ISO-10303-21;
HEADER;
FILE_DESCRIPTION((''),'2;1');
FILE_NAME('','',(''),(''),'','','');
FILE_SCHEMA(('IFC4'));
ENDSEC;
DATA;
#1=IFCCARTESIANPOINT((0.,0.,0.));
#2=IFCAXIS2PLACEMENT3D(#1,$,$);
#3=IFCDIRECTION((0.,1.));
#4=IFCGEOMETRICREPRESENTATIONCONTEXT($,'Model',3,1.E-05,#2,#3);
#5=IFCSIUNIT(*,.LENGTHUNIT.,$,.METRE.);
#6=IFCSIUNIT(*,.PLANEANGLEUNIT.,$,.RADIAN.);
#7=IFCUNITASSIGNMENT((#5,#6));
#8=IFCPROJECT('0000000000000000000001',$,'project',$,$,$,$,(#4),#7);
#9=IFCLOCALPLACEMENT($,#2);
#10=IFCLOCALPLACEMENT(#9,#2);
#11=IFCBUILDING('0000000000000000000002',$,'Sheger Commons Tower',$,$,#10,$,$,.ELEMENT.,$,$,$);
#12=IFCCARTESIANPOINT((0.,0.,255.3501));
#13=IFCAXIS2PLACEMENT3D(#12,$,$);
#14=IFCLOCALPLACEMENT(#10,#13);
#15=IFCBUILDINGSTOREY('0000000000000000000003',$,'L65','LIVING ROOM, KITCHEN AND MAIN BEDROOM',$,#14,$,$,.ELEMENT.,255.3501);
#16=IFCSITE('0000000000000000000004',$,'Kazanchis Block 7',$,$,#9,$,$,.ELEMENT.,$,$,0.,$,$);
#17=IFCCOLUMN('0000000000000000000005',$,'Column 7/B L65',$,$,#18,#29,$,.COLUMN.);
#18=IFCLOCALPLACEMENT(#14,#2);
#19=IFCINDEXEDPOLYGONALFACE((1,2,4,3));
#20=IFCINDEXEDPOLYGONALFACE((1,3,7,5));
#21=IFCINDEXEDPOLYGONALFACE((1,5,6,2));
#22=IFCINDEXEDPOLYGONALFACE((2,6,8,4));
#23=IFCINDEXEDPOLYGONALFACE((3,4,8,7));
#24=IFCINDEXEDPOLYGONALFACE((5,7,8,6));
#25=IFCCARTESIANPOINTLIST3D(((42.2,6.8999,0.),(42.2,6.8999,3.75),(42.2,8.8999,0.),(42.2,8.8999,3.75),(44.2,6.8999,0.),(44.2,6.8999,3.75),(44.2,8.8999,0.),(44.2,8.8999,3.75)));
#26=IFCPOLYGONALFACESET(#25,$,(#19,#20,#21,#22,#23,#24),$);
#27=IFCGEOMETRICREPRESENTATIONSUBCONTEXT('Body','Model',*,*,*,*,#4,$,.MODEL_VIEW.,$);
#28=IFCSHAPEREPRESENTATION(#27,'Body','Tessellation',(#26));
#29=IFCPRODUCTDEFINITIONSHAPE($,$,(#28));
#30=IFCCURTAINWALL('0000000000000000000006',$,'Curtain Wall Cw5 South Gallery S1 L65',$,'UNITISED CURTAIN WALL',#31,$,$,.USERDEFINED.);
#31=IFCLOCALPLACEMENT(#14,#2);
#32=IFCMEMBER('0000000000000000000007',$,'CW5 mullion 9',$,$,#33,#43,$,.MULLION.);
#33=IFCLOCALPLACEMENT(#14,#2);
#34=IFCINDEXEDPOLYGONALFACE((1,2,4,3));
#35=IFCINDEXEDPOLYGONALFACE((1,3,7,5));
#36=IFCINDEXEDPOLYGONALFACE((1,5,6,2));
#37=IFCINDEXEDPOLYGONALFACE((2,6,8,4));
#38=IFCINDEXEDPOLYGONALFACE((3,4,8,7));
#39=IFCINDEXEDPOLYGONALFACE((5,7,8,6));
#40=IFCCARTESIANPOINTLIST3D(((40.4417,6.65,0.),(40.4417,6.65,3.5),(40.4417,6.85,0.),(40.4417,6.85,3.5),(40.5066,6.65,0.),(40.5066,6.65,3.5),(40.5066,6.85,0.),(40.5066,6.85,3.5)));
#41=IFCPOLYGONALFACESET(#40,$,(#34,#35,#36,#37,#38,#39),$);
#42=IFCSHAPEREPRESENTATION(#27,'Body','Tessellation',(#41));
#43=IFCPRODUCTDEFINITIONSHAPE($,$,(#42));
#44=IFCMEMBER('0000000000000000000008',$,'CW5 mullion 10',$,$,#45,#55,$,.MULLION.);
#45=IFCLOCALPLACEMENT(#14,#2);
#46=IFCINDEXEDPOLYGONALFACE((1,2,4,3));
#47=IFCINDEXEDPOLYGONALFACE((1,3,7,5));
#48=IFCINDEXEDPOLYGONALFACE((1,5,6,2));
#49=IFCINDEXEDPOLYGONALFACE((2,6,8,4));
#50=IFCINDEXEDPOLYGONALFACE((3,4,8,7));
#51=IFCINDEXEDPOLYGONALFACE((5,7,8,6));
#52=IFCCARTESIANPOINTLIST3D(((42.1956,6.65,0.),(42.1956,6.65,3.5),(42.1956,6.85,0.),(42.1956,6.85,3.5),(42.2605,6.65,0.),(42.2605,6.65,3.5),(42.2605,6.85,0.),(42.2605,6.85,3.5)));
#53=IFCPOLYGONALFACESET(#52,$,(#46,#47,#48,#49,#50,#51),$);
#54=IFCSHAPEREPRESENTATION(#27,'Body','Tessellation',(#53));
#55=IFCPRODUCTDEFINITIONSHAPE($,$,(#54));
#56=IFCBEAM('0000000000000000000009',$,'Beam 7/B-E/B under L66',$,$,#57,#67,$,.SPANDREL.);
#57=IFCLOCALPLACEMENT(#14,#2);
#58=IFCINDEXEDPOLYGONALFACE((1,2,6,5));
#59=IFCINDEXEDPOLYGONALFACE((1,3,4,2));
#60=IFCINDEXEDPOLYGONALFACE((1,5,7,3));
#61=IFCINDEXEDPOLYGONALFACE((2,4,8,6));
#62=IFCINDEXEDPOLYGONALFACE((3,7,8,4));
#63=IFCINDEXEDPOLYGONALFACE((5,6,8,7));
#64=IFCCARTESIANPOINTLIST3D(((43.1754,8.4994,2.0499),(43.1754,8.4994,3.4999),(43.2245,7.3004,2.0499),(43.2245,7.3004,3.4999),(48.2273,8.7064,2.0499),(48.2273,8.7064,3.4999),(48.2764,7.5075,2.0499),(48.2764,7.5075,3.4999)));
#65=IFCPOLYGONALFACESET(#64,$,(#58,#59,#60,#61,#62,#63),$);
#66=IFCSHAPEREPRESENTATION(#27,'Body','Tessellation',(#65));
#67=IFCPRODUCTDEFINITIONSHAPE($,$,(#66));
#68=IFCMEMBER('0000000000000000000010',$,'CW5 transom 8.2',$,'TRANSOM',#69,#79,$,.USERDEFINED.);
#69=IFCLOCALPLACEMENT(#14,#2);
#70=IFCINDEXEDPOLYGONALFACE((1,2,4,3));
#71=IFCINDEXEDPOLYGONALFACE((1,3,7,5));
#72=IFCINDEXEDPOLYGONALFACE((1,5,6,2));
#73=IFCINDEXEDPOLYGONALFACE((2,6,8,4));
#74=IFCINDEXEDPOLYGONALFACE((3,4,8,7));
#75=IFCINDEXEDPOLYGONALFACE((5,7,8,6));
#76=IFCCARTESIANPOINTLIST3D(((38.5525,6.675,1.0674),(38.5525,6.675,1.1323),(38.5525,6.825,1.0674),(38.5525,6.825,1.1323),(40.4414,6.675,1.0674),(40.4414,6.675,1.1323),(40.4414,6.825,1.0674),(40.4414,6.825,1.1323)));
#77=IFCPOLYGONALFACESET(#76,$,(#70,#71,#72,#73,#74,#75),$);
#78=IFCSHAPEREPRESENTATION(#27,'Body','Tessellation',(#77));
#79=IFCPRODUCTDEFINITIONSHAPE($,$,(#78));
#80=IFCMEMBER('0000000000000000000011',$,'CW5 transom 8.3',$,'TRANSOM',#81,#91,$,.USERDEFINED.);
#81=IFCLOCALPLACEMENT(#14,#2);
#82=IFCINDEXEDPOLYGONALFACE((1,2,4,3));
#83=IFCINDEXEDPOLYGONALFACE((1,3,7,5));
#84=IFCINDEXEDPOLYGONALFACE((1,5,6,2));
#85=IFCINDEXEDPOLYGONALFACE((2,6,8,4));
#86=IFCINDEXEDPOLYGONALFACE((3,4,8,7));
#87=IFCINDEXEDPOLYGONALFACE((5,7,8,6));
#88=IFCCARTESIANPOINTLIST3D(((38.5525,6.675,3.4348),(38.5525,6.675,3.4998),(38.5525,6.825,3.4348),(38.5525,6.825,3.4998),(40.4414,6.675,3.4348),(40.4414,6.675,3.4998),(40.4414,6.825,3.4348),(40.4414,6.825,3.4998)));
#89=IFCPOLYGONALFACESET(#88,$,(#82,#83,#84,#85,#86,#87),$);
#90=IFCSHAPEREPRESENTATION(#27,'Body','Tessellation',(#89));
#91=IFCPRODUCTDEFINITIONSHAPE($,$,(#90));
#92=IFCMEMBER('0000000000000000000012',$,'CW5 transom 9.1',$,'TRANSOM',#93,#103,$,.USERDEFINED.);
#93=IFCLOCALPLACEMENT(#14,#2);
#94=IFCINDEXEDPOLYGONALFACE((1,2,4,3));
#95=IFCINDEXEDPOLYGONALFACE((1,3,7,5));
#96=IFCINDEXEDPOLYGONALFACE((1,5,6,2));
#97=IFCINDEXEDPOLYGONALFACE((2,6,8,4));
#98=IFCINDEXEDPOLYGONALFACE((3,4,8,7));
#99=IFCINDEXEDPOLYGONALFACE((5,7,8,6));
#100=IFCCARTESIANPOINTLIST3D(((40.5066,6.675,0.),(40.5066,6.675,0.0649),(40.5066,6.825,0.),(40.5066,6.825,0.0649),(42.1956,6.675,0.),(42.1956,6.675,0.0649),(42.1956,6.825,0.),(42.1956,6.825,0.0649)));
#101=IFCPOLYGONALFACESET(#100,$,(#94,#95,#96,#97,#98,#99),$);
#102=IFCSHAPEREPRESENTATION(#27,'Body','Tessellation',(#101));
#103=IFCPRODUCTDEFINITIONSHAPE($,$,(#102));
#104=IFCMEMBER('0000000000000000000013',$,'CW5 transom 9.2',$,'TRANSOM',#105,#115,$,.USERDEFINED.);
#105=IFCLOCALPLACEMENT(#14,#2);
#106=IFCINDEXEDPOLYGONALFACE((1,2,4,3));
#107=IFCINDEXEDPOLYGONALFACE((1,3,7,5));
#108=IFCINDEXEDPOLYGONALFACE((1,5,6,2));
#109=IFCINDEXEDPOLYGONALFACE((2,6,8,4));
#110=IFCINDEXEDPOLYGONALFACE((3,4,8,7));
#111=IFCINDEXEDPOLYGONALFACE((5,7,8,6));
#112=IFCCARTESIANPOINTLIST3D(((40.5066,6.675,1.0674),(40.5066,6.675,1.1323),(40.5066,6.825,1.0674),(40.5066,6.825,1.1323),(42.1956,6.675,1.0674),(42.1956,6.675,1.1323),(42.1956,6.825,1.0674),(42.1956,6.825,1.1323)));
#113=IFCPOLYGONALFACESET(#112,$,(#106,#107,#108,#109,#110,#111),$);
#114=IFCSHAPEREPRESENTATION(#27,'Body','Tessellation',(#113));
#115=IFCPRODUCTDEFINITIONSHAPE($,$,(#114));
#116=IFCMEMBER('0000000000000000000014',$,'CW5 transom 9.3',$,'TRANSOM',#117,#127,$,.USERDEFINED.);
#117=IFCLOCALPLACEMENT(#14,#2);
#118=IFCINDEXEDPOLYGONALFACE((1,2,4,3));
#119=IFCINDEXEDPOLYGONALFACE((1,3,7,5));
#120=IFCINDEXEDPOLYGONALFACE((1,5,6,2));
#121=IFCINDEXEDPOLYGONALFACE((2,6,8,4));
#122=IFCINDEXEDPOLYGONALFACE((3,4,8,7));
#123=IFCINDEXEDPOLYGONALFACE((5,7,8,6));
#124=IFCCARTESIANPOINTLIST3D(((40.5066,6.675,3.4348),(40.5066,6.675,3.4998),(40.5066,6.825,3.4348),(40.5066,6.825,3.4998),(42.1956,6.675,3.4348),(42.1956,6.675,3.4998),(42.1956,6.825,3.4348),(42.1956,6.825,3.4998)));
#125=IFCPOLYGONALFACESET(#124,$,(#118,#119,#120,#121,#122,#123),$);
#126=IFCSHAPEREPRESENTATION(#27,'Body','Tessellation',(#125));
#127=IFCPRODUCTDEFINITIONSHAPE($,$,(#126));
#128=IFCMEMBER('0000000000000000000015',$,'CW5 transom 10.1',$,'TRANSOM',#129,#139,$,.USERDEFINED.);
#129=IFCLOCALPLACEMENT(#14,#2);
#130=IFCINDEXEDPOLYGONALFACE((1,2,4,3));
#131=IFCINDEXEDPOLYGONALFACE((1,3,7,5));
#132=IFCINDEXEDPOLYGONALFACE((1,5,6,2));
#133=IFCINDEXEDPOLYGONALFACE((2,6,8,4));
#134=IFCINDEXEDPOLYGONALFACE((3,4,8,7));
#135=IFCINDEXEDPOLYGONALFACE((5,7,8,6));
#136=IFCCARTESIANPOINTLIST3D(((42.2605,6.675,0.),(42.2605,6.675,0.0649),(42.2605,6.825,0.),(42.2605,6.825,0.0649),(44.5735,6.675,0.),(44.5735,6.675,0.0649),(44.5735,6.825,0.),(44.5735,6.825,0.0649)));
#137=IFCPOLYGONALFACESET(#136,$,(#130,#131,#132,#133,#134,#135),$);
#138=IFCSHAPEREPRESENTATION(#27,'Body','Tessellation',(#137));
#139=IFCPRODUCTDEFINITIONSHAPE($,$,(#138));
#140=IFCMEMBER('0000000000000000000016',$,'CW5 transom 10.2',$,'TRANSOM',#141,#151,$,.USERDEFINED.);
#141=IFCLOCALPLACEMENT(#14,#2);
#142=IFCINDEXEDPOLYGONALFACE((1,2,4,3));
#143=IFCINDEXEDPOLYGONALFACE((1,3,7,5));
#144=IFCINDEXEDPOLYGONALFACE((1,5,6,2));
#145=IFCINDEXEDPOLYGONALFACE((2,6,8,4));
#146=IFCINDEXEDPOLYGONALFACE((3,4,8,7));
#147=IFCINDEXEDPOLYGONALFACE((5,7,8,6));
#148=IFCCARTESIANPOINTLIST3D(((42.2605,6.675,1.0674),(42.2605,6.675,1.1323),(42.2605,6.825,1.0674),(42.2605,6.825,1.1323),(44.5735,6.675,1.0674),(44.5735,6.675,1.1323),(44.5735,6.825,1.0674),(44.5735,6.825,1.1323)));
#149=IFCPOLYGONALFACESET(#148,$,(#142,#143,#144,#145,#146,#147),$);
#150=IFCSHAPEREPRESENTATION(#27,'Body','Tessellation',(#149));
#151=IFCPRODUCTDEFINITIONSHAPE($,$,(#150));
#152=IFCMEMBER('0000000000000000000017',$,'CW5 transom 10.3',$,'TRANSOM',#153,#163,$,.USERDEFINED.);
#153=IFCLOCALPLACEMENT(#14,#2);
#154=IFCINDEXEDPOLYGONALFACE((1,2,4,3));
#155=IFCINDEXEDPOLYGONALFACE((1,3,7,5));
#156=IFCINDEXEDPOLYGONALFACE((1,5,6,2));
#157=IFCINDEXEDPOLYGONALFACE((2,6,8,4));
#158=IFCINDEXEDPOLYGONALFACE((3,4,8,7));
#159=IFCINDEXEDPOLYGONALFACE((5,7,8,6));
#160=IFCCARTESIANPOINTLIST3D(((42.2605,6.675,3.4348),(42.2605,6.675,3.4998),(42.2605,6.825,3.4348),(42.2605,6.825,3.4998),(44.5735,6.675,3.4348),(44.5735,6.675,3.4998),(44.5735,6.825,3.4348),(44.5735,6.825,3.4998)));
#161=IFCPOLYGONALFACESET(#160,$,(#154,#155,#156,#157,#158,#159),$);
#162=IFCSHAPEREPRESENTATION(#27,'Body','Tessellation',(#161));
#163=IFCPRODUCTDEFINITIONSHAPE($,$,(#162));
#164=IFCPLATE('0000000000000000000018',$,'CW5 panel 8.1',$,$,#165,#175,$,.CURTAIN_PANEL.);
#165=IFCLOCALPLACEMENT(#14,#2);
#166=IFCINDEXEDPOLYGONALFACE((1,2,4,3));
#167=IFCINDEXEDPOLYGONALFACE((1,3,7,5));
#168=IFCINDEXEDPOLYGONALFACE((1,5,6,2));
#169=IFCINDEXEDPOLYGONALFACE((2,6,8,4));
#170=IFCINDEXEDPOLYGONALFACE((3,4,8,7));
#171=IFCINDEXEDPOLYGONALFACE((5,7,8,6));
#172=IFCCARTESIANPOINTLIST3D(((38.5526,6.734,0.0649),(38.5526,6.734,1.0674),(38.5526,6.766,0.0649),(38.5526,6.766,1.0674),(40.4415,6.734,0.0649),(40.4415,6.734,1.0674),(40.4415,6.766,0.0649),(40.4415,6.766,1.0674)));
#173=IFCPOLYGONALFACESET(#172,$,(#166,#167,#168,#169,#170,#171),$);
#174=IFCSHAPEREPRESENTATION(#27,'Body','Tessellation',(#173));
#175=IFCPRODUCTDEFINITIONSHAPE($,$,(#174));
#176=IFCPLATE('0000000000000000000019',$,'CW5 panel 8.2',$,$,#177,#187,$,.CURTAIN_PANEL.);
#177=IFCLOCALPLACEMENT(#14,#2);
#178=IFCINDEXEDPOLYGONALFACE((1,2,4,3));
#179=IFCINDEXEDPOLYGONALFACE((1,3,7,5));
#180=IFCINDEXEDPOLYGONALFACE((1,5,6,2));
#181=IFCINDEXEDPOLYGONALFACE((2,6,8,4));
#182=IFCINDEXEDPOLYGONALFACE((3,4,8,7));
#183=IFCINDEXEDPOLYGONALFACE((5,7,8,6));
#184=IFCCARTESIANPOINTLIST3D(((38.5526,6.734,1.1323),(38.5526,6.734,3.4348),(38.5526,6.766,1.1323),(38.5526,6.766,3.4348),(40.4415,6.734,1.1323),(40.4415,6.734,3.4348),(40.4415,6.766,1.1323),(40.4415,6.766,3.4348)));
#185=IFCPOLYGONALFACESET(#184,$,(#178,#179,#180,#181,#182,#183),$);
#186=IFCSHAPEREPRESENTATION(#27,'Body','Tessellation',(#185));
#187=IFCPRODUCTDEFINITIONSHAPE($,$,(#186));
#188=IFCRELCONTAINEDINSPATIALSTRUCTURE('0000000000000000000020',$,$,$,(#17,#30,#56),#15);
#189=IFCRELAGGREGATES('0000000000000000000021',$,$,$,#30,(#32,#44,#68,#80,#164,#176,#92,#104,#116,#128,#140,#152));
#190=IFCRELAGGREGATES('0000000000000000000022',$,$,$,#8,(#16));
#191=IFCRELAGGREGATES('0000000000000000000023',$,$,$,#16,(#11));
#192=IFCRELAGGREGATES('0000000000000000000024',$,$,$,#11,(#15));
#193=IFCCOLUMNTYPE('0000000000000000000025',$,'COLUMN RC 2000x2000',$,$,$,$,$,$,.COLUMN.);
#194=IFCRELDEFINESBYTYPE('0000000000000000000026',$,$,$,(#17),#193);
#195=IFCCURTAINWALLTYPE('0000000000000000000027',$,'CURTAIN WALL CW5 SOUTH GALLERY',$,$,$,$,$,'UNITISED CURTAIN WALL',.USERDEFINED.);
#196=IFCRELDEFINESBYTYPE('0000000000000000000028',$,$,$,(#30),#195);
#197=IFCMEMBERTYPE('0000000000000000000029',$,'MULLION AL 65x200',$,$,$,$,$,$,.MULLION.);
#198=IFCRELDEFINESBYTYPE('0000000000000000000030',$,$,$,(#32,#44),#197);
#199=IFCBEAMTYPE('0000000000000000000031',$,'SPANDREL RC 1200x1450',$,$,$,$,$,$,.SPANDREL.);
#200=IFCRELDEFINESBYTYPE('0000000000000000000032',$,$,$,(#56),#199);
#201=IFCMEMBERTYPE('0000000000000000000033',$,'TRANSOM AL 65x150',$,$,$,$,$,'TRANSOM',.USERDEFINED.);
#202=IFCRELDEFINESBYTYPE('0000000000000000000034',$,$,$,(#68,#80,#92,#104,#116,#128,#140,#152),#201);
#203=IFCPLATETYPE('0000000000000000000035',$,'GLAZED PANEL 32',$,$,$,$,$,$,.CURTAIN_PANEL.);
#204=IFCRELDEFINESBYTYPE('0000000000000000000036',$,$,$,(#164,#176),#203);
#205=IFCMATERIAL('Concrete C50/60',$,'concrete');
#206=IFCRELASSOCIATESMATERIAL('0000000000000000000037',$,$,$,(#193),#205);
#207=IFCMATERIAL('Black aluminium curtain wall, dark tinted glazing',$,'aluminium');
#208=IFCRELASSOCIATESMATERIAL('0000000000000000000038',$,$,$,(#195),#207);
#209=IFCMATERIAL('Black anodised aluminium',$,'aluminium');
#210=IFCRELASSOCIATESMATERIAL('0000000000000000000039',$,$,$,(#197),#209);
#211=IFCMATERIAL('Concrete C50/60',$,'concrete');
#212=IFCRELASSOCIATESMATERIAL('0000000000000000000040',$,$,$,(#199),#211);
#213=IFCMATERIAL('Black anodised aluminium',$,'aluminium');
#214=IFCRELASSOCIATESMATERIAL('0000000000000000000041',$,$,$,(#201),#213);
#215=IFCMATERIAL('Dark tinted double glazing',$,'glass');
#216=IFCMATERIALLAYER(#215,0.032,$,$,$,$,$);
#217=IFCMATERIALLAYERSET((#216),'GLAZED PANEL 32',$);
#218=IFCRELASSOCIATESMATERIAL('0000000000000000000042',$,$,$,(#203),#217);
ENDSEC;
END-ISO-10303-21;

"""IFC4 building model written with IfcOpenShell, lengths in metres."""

from ifc_helpers import new_model, si_unit, direction, frame, origin, origin_2d, place, context, subcontext, project, spatial, rectangle, extrude, material, layer, layer_set, material_profile, profile_set, type_object, element, aggregate, save


model = new_model("IFC4")

# Units and contexts
model_context = context("Model", 3, precision=1e-05, world=origin(), true_north=direction((0.0, 1.0)))
body_context = subcontext(model_context, "Body", "Model", "MODEL_VIEW")
ifc_project = project(units=[si_unit("LENGTHUNIT", "METRE"), si_unit("PLANEANGLEUNIT", "RADIAN")], contexts=[model_context])

# Site, building, storey
site_placement = place(None, origin())
site = spatial("IfcSite", under=ifc_project, at=site_placement, Name="Kazanchis Block 7", CompositionType="ELEMENT", RefElevation=0.0)
building_placement = place(site_placement, origin())
building = spatial("IfcBuilding", under=site, at=building_placement, Name="Sheger Commons Tower", CompositionType="ELEMENT")
storey_placement = place(building_placement, frame((0.0, 0.0, 255.3501)))
storey = spatial("IfcBuildingStorey", under=building, at=storey_placement, Name="L65", Description="LIVING ROOM, KITCHEN AND MAIN BEDROOM", CompositionType="ELEMENT", Elevation=255.3501)

# Column
ifc_material_1 = material(Name="Concrete C50/60", Category="concrete")
ifc_material_profile_1 = material_profile(ifc_material_1, rectangle(XDim=2.0, YDim=2.0, at=origin_2d()), Name="RC 2000x2000")
ifc_profile_set_1 = profile_set([ifc_material_profile_1], Name="Concrete C50/60")
column_type = type_object("IfcColumnType", Name="COLUMN RC 2000x2000", PredefinedType="COLUMN", material=ifc_profile_set_1)
column_placement = place(storey_placement, frame((43.2, 7.8999, 0.0), z_axis=(0.0, 0.0, 1.0), x_axis=(1.0, 0.0, 0.0)))
element("IfcColumn", 1, at=column_placement, inside=storey, type_object=column_type, Name="Column 7/B L65", PredefinedType="COLUMN", context=body_context, shape_type="SweptSolid", body=[
    extrude(rectangle(XDim=2.0, YDim=2.0, at=origin_2d()), origin(), (0.0, 0.0, 1.0), 3.75),
])

# Curtain wall, members
ifc_material_2 = material(Name="Black aluminium curtain wall, dark tinted glazing", Category="aluminium")
curtain_wall_type = type_object("IfcCurtainWallType", Name="CURTAIN WALL CW5 SOUTH GALLERY", ElementType="UNITISED CURTAIN WALL", PredefinedType="USERDEFINED", material=ifc_material_2)
curtain_wall_placement = place(storey_placement, origin())
curtain_wall = element("IfcCurtainWall", 2, at=curtain_wall_placement, inside=storey, type_object=curtain_wall_type, Name="Curtain Wall Cw5 South Gallery S1 L65", ObjectType="UNITISED CURTAIN WALL", PredefinedType="USERDEFINED")
ifc_material_3 = material(Name="Black anodised aluminium", Category="aluminium")
ifc_material_profile_2 = material_profile(ifc_material_3, rectangle(XDim=0.2, YDim=0.0649, at=origin_2d()), Name="AL 65x200")
ifc_profile_set_2 = profile_set([ifc_material_profile_2], Name="Black anodised aluminium")
member_type_1 = type_object("IfcMemberType", Name="MULLION AL 65x200", PredefinedType="MULLION", material=ifc_profile_set_2)
member_1_placement = place(storey_placement, frame((40.4741, 6.75, 0.0), z_axis=(0.0, 0.0, 1.0), x_axis=(0.0, 1.0, 0.0)))
member_1 = element("IfcMember", 3, at=member_1_placement, type_object=member_type_1, Name="CW5 mullion 9", PredefinedType="MULLION", context=body_context, shape_type="SweptSolid", body=[
    extrude(rectangle(XDim=0.2, YDim=0.0649, at=origin_2d()), origin(), (0.0, 0.0, 1.0), 3.5),
])
member_2_placement = place(storey_placement, frame((42.228, 6.75, 0.0), z_axis=(0.0, 0.0, 1.0), x_axis=(0.0, 1.0, 0.0)))
member_2 = element("IfcMember", 4, at=member_2_placement, type_object=member_type_1, Name="CW5 mullion 10", PredefinedType="MULLION", context=body_context, shape_type="SweptSolid", body=[
    extrude(rectangle(XDim=0.2, YDim=0.0649, at=origin_2d()), origin(), (0.0, 0.0, 1.0), 3.5),
])

# Beam
ifc_material_4 = material(Name="Concrete C50/60", Category="concrete")
ifc_material_profile_3 = material_profile(ifc_material_4, rectangle(XDim=1.2, YDim=1.45, at=origin_2d()), Name="RC 1200x1450")
ifc_profile_set_3 = profile_set([ifc_material_profile_3], Name="Concrete C50/60")
beam_type = type_object("IfcBeamType", Name="SPANDREL RC 1200x1450", PredefinedType="SPANDREL", material=ifc_profile_set_3)
beam_placement = place(storey_placement, frame((43.2, 7.8999, 2.7749), z_axis=(0.999161, 0.040946, 0.0), x_axis=(-0.040946, 0.999161, 0.0)))
element("IfcBeam", 5, at=beam_placement, inside=storey, type_object=beam_type, Name="Beam 7/B-E/B under L66", PredefinedType="SPANDREL", context=body_context, shape_type="SweptSolid", body=[
    extrude(rectangle(XDim=1.2, YDim=1.45, at=origin_2d()), origin(), (0.0, 0.0, 1.0), 5.0562),
])

# Members
ifc_material_5 = material(Name="Black anodised aluminium", Category="aluminium")
ifc_material_profile_4 = material_profile(ifc_material_5, rectangle(XDim=0.1499, YDim=0.0649, at=origin_2d()), Name="AL 65x150")
ifc_profile_set_4 = profile_set([ifc_material_profile_4], Name="Black anodised aluminium")
member_type_2 = type_object("IfcMemberType", Name="TRANSOM AL 65x150", ElementType="TRANSOM", PredefinedType="USERDEFINED", material=ifc_profile_set_4)
member_3_placement = place(storey_placement, frame((38.5525, 6.75, 1.0999), z_axis=(1.0, 0.0, 0.0), x_axis=(0.0, 1.0, 0.0)))
member_3 = element("IfcMember", 6, at=member_3_placement, type_object=member_type_2, Name="CW5 transom 8.2", ObjectType="TRANSOM", PredefinedType="USERDEFINED", context=body_context, shape_type="SweptSolid", body=[
    extrude(rectangle(XDim=0.1499, YDim=0.0649, at=origin_2d()), origin(), (0.0, 0.0, 1.0), 1.8889),
])
member_4_placement = place(storey_placement, frame((38.5525, 6.75, 3.4673), z_axis=(1.0, 0.0, 0.0), x_axis=(0.0, 1.0, 0.0)))
member_4 = element("IfcMember", 7, at=member_4_placement, type_object=member_type_2, Name="CW5 transom 8.3", ObjectType="TRANSOM", PredefinedType="USERDEFINED", context=body_context, shape_type="SweptSolid", body=[
    extrude(rectangle(XDim=0.1499, YDim=0.0649, at=origin_2d()), origin(), (0.0, 0.0, 1.0), 1.8889),
])
member_5_placement = place(storey_placement, frame((40.5066, 6.75, 0.0325), z_axis=(1.0, 0.0, 0.0), x_axis=(0.0, 1.0, 0.0)))
member_5 = element("IfcMember", 8, at=member_5_placement, type_object=member_type_2, Name="CW5 transom 9.1", ObjectType="TRANSOM", PredefinedType="USERDEFINED", context=body_context, shape_type="SweptSolid", body=[
    extrude(rectangle(XDim=0.1499, YDim=0.0649, at=origin_2d()), origin(), (0.0, 0.0, 1.0), 1.689),
])
member_6_placement = place(storey_placement, frame((40.5066, 6.75, 1.0999), z_axis=(1.0, 0.0, 0.0), x_axis=(0.0, 1.0, 0.0)))
member_6 = element("IfcMember", 9, at=member_6_placement, type_object=member_type_2, Name="CW5 transom 9.2", ObjectType="TRANSOM", PredefinedType="USERDEFINED", context=body_context, shape_type="SweptSolid", body=[
    extrude(rectangle(XDim=0.1499, YDim=0.0649, at=origin_2d()), origin(), (0.0, 0.0, 1.0), 1.689),
])
member_7_placement = place(storey_placement, frame((40.5066, 6.75, 3.4673), z_axis=(1.0, 0.0, 0.0), x_axis=(0.0, 1.0, 0.0)))
member_7 = element("IfcMember", 10, at=member_7_placement, type_object=member_type_2, Name="CW5 transom 9.3", ObjectType="TRANSOM", PredefinedType="USERDEFINED", context=body_context, shape_type="SweptSolid", body=[
    extrude(rectangle(XDim=0.1499, YDim=0.0649, at=origin_2d()), origin(), (0.0, 0.0, 1.0), 1.689),
])
member_8_placement = place(storey_placement, frame((42.2605, 6.75, 0.0325), z_axis=(1.0, 0.0, 0.0), x_axis=(0.0, 1.0, 0.0)))
member_8 = element("IfcMember", 11, at=member_8_placement, type_object=member_type_2, Name="CW5 transom 10.1", ObjectType="TRANSOM", PredefinedType="USERDEFINED", context=body_context, shape_type="SweptSolid", body=[
    extrude(rectangle(XDim=0.1499, YDim=0.0649, at=origin_2d()), origin(), (0.0, 0.0, 1.0), 2.313),
])
member_9_placement = place(storey_placement, frame((42.2605, 6.75, 1.0999), z_axis=(1.0, 0.0, 0.0), x_axis=(0.0, 1.0, 0.0)))
member_9 = element("IfcMember", 12, at=member_9_placement, type_object=member_type_2, Name="CW5 transom 10.2", ObjectType="TRANSOM", PredefinedType="USERDEFINED", context=body_context, shape_type="SweptSolid", body=[
    extrude(rectangle(XDim=0.1499, YDim=0.0649, at=origin_2d()), origin(), (0.0, 0.0, 1.0), 2.313),
])
member_10_placement = place(storey_placement, frame((42.2605, 6.75, 3.4673), z_axis=(1.0, 0.0, 0.0), x_axis=(0.0, 1.0, 0.0)))
member_10 = element("IfcMember", 13, at=member_10_placement, type_object=member_type_2, Name="CW5 transom 10.3", ObjectType="TRANSOM", PredefinedType="USERDEFINED", context=body_context, shape_type="SweptSolid", body=[
    extrude(rectangle(XDim=0.1499, YDim=0.0649, at=origin_2d()), origin(), (0.0, 0.0, 1.0), 2.313),
])

# Plates
ifc_material_6 = material(Name="Dark tinted double glazing", Category="glass")
ifc_layer_1 = layer(ifc_material_6, 0.032)
ifc_layer_set_1 = layer_set([ifc_layer_1], Name="GLAZED PANEL 32")
plate_type = type_object("IfcPlateType", Name="GLAZED PANEL 32", PredefinedType="CURTAIN_PANEL", material=ifc_layer_set_1)
plate_1_placement = place(storey_placement, frame((39.4971, 6.75, 0.0649), z_axis=(0.0, 0.0, 1.0), x_axis=(1.0, 0.0, 0.0)))
plate_1 = element("IfcPlate", 14, at=plate_1_placement, type_object=plate_type, Name="CW5 panel 8.1", PredefinedType="CURTAIN_PANEL", context=body_context, shape_type="SweptSolid", body=[
    extrude(rectangle(XDim=1.8889, YDim=0.032, at=origin_2d()), origin(), (0.0, 0.0, 1.0), 1.0024),
])
plate_2_placement = place(storey_placement, frame((39.4971, 6.75, 1.1323), z_axis=(0.0, 0.0, 1.0), x_axis=(1.0, 0.0, 0.0)))
plate_2 = element("IfcPlate", 15, at=plate_2_placement, type_object=plate_type, Name="CW5 panel 8.2", PredefinedType="CURTAIN_PANEL", context=body_context, shape_type="SweptSolid", body=[
    extrude(rectangle(XDim=1.8889, YDim=0.032, at=origin_2d()), origin(), (0.0, 0.0, 1.0), 2.3025),
])
aggregate(curtain_wall, [member_1, member_2, member_3, member_4, plate_1, plate_2, member_5, member_6, member_7, member_8, member_9, member_10])

save(model, "model.ifc")
